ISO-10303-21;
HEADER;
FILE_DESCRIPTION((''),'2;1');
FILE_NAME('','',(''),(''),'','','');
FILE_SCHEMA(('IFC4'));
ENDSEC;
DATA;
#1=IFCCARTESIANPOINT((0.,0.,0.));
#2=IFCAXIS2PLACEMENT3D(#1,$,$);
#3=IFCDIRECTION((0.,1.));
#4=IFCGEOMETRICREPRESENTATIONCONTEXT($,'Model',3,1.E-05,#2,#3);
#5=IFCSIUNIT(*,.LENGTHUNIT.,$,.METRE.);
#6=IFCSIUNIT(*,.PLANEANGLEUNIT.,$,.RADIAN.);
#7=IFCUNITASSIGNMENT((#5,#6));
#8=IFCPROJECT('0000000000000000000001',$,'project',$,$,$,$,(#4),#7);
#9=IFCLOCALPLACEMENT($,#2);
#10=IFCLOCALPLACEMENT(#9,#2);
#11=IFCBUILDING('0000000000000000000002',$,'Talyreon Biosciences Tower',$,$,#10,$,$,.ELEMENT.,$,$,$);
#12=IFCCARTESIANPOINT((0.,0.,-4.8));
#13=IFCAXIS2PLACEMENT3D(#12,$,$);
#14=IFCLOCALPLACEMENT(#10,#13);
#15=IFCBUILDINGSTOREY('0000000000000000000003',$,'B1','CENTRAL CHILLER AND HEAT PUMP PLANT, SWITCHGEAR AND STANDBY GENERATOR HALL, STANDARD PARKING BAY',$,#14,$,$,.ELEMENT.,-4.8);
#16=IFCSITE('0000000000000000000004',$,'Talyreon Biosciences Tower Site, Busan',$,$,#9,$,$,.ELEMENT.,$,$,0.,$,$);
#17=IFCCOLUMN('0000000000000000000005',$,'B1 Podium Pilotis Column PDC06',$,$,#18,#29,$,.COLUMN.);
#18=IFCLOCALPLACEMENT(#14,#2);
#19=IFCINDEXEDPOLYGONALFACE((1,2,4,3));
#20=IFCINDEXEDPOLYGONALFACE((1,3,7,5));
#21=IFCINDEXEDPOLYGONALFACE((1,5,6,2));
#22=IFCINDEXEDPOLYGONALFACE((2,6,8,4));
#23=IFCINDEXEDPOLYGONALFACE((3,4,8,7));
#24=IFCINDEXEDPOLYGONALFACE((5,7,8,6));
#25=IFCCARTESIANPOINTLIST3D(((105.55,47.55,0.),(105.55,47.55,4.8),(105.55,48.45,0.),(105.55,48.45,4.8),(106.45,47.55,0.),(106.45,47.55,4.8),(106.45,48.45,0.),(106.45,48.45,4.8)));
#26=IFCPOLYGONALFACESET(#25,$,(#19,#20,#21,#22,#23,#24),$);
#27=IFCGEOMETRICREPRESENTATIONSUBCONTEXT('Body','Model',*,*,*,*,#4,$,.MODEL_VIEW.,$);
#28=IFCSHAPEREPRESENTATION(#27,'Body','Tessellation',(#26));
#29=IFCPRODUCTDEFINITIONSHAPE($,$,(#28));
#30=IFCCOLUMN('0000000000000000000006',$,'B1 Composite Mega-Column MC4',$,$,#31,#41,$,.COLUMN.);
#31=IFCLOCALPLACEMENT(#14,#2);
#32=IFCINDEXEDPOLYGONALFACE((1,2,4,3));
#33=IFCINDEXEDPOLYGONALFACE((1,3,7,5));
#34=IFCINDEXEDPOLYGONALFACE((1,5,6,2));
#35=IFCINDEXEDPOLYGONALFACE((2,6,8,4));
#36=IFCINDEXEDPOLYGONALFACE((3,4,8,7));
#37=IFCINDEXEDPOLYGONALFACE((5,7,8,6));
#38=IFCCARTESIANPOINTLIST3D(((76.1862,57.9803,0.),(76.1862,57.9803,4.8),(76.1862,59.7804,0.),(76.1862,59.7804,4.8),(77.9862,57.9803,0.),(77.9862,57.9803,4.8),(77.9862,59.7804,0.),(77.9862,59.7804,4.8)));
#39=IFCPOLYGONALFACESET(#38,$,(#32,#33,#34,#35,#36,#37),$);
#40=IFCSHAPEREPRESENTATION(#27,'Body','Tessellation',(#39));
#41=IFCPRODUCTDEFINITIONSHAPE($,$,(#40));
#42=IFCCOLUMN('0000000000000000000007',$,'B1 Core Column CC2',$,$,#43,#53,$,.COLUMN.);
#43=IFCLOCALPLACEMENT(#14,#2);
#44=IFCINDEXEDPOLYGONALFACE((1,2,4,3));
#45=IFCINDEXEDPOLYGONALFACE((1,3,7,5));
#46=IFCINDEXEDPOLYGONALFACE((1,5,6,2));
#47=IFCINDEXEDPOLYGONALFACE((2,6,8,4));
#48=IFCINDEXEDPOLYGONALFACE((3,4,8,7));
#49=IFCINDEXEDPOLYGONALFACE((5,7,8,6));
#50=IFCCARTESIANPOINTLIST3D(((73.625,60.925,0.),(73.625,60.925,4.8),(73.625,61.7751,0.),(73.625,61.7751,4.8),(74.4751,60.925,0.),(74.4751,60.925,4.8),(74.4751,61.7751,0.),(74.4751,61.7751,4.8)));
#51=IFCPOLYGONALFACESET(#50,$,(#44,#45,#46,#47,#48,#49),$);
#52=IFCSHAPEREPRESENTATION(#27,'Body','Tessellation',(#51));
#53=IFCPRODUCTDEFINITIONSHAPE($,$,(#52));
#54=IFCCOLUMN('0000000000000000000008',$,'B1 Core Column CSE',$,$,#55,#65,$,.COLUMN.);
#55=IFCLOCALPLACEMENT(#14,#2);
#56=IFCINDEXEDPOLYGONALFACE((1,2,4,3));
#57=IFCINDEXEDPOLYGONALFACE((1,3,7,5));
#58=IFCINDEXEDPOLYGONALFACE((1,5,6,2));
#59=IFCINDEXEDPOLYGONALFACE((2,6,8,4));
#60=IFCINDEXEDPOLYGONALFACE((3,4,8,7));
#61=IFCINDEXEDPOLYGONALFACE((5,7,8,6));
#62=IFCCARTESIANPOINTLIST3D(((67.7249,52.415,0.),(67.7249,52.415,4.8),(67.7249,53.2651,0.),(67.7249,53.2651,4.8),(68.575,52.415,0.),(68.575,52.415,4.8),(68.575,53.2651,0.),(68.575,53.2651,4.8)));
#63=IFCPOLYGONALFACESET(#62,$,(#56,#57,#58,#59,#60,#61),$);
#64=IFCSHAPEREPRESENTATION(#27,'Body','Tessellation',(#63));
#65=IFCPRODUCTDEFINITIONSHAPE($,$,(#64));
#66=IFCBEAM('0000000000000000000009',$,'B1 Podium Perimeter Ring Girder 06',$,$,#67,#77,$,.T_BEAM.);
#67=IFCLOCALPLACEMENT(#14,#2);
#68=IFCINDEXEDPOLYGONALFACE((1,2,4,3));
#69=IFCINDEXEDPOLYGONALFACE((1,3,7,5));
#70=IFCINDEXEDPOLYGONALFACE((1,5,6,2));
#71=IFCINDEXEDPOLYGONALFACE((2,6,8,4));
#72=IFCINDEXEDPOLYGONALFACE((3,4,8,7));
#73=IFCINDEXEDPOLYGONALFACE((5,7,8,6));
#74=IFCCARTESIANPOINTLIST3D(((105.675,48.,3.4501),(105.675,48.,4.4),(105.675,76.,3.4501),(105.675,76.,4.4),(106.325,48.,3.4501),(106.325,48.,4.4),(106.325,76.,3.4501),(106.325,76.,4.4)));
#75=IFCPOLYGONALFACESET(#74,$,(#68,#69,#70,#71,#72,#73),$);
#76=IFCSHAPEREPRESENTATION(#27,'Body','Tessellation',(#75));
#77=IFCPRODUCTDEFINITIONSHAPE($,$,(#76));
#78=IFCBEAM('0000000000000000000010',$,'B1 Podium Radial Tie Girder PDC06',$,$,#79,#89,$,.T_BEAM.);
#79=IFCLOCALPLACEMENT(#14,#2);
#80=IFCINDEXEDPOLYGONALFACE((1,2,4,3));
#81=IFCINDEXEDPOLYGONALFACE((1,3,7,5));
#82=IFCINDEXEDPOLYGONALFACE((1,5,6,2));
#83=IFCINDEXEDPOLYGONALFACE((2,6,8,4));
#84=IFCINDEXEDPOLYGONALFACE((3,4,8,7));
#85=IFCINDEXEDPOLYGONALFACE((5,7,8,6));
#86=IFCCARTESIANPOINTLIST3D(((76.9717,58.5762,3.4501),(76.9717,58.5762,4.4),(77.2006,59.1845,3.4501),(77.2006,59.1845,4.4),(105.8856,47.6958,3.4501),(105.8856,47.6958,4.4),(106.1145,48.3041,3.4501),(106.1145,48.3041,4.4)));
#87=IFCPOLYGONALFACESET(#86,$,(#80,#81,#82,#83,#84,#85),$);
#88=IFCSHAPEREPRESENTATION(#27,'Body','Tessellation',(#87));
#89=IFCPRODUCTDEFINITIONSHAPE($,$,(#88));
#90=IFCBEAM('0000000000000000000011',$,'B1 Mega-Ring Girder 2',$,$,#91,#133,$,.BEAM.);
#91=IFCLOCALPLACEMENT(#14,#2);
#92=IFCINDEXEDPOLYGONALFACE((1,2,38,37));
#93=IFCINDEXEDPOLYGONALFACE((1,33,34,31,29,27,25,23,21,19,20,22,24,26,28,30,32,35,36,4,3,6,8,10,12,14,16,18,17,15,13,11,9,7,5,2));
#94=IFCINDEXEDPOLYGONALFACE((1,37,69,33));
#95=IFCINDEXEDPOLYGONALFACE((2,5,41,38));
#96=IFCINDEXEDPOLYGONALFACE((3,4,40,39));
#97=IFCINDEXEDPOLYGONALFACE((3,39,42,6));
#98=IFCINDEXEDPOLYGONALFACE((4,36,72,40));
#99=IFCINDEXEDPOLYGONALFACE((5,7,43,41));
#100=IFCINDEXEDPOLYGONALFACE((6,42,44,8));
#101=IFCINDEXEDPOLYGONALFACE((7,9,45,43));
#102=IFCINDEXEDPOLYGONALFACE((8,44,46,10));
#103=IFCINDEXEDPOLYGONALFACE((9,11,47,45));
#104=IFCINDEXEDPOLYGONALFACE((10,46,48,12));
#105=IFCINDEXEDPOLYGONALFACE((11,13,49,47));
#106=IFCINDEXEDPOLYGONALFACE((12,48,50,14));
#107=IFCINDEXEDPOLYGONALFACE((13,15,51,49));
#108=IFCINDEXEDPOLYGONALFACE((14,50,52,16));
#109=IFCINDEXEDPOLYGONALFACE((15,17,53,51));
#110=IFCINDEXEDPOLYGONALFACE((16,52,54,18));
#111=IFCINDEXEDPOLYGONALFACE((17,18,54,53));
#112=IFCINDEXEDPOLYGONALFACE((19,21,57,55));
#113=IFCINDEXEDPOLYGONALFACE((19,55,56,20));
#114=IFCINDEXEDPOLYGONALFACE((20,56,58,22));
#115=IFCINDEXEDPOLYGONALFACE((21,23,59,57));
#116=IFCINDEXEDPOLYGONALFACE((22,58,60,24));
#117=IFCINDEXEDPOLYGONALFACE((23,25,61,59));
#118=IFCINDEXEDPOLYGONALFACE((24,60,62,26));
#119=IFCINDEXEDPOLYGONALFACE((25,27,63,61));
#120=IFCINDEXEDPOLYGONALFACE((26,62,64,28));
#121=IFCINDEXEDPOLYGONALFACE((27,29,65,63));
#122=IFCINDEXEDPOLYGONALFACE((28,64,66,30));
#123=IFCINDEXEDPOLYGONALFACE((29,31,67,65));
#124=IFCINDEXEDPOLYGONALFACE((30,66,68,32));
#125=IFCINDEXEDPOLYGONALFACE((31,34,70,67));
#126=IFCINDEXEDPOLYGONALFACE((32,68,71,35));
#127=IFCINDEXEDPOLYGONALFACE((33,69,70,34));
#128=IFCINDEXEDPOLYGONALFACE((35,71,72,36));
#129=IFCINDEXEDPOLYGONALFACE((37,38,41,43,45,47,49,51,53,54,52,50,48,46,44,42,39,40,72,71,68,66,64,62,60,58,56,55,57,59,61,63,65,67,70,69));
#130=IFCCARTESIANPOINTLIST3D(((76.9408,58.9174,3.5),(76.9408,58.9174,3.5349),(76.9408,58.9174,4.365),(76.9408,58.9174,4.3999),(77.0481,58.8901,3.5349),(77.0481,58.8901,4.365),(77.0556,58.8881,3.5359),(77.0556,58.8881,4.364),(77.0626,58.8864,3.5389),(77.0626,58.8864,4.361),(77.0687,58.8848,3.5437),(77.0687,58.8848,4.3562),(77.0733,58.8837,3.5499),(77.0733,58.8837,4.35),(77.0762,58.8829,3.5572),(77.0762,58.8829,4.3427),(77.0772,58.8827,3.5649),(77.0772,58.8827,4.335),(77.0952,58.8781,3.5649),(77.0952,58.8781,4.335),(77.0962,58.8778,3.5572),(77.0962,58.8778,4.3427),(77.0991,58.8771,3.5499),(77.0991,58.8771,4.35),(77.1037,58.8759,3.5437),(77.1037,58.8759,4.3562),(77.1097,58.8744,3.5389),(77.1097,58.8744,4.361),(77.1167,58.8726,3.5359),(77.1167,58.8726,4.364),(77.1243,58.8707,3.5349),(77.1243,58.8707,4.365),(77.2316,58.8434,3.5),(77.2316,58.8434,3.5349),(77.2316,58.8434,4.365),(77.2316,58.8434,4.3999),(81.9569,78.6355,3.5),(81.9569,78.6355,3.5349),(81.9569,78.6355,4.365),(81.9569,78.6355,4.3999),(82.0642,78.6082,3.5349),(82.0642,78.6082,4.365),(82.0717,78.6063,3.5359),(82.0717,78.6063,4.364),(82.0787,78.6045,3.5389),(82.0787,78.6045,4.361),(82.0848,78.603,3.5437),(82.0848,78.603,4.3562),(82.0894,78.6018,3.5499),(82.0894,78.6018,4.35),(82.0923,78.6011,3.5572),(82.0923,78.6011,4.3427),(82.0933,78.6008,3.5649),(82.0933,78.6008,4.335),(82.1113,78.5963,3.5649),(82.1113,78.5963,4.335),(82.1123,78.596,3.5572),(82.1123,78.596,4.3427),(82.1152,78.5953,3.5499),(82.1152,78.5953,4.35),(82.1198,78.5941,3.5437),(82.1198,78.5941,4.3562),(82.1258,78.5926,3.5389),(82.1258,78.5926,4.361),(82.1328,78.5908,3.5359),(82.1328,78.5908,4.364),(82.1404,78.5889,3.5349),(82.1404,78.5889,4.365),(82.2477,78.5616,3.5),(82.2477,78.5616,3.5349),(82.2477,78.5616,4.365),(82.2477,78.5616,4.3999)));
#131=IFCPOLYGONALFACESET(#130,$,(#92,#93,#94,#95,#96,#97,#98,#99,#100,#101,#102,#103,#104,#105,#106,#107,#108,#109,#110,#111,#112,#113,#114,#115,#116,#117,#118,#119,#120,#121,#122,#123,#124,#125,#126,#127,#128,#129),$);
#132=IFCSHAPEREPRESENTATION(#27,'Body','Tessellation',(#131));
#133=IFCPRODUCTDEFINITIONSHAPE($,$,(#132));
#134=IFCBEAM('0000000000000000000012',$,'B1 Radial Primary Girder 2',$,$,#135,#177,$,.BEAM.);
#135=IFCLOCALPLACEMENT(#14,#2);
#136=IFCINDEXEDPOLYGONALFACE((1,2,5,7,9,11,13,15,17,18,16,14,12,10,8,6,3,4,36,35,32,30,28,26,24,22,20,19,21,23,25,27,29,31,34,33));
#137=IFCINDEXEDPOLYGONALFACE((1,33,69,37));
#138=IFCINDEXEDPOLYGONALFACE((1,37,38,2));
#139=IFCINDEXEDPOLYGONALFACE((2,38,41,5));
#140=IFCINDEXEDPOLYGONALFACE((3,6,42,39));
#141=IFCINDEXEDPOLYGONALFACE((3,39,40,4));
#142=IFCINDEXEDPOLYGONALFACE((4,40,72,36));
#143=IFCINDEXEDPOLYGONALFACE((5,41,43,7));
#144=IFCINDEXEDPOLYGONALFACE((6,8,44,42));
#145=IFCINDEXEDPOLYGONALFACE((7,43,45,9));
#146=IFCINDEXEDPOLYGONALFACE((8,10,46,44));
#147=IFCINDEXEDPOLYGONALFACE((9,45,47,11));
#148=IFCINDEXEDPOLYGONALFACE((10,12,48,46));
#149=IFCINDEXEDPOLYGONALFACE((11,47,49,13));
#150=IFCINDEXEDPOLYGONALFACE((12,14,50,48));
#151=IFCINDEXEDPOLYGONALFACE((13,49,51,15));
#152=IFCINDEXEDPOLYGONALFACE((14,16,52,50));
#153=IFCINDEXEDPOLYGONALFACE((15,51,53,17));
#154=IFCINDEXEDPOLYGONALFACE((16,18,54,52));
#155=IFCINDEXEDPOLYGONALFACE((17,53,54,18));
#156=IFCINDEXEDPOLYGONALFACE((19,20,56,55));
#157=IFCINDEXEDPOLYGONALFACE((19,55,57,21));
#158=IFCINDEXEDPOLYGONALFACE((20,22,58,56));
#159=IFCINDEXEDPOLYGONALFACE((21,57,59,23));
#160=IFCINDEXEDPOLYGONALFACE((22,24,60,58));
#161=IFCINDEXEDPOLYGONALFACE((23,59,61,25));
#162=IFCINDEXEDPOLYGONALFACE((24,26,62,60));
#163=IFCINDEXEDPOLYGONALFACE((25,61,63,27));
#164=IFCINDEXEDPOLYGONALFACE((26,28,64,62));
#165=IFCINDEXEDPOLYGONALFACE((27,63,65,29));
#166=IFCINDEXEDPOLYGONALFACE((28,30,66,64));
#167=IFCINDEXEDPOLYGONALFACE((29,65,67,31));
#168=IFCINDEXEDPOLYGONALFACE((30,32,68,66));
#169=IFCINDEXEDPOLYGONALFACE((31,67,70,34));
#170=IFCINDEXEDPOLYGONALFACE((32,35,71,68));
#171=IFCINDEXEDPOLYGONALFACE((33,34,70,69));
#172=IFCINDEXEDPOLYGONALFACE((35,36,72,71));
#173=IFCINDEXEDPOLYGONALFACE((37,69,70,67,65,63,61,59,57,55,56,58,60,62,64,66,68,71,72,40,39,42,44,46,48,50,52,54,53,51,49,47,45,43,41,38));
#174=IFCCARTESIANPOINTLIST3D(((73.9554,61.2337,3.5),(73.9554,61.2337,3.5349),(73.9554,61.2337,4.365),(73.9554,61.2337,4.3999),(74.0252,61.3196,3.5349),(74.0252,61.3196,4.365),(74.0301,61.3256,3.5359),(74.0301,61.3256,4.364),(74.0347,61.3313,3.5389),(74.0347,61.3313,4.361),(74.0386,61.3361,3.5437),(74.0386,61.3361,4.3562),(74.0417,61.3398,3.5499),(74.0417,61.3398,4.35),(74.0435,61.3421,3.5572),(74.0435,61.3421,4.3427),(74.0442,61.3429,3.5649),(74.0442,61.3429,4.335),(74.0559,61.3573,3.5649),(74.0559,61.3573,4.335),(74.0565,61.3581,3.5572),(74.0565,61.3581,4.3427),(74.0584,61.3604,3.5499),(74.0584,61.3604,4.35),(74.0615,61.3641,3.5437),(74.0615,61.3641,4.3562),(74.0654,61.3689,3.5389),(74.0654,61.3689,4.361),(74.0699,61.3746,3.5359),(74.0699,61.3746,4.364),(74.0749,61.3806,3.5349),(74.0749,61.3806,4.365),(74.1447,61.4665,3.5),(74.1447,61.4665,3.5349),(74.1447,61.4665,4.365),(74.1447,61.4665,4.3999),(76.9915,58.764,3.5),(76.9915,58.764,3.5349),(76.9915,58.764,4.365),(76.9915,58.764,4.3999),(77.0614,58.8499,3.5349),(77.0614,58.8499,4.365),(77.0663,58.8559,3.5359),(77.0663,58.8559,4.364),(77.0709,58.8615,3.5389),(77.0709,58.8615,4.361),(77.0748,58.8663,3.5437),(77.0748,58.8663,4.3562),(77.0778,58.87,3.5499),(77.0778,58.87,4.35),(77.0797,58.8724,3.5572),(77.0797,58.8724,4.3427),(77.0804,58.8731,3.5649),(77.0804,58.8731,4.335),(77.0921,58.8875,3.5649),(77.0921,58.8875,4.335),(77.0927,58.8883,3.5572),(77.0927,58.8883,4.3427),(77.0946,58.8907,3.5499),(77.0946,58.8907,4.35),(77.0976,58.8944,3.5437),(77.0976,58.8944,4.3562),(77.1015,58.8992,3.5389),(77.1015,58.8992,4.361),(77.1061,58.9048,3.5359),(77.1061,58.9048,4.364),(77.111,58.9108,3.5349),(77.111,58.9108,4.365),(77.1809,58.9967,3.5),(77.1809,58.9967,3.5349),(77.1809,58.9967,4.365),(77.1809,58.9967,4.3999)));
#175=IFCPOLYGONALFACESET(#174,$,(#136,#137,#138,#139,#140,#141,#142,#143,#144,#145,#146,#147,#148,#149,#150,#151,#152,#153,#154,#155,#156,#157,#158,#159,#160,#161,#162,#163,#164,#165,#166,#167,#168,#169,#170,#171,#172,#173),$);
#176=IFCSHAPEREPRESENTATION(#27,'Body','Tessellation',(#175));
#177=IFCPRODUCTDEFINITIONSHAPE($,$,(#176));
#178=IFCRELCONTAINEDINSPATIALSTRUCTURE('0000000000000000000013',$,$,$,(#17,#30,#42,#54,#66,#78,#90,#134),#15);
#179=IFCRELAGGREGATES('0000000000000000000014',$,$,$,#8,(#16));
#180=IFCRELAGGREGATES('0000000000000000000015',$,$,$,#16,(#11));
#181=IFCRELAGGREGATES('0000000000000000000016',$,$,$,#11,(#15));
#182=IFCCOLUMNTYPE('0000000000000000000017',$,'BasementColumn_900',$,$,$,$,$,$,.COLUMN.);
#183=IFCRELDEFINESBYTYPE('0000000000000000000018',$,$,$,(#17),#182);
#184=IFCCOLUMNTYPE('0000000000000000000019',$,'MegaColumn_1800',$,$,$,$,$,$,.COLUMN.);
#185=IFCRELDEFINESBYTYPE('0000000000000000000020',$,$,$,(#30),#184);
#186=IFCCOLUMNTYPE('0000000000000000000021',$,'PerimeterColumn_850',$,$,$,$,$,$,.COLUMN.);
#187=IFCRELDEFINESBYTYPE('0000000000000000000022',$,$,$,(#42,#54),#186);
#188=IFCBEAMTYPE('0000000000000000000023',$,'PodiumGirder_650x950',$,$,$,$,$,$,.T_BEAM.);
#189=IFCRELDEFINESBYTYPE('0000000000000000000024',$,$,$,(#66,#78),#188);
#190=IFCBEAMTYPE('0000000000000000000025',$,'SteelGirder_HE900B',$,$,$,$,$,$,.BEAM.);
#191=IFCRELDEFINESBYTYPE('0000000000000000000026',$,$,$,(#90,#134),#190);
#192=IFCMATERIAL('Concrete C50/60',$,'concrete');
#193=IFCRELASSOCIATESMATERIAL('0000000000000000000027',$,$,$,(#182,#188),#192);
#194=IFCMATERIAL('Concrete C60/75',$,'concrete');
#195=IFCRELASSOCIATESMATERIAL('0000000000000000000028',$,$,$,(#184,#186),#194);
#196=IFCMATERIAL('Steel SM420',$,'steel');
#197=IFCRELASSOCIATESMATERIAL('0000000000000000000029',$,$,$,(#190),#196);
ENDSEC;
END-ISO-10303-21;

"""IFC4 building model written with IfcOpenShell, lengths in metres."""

from ifc_helpers import new_model, si_unit, direction, frame, origin, origin_2d, place, context, subcontext, project, spatial, rectangle, i_section, extrude, material, material_profile, profile_set, type_object, element, save


model = new_model("IFC4")

# Units and contexts
model_context = context("Model", 3, precision=1e-05, world=origin(), true_north=direction((0.0, 1.0)))
body_context = subcontext(model_context, "Body", "Model", "MODEL_VIEW")
ifc_project = project(units=[si_unit("LENGTHUNIT", "METRE"), si_unit("PLANEANGLEUNIT", "RADIAN")], contexts=[model_context])

# Site, building, storey
site_placement = place(None, origin())
site = spatial("IfcSite", under=ifc_project, at=site_placement, Name="Talyreon Biosciences Tower Site, Busan", CompositionType="ELEMENT", RefElevation=0.0)
building_placement = place(site_placement, origin())
building = spatial("IfcBuilding", under=site, at=building_placement, Name="Talyreon Biosciences Tower", CompositionType="ELEMENT")
storey_placement = place(building_placement, frame((0.0, 0.0, -4.8)))
storey = spatial("IfcBuildingStorey", under=building, at=storey_placement, Name="B1", Description="CENTRAL CHILLER AND HEAT PUMP PLANT, SWITCHGEAR AND STANDBY GENERATOR HALL, STANDARD PARKING BAY", CompositionType="ELEMENT", Elevation=-4.8)

# Columns
ifc_material_1 = material(Name="Concrete C50/60", Category="concrete")
ifc_material_profile_1 = material_profile(ifc_material_1, rectangle(XDim=0.8999, YDim=0.8999, at=origin_2d()), Name="RC 900x900")
ifc_profile_set_1 = profile_set([ifc_material_profile_1], Name="Concrete C50/60")
column_type_1 = type_object("IfcColumnType", Name="BasementColumn_900", PredefinedType="COLUMN", material=ifc_profile_set_1)
column_1_placement = place(storey_placement, frame((106.0, 48.0, 0.0), z_axis=(0.0, 0.0, 1.0), x_axis=(1.0, 0.0, 0.0)))
element("IfcColumn", 1, at=column_1_placement, inside=storey, type_object=column_type_1, Name="B1 Podium Pilotis Column PDC06", PredefinedType="COLUMN", context=body_context, shape_type="SweptSolid", body=[
    extrude(rectangle(XDim=0.8999, YDim=0.8999, at=origin_2d()), origin(), (0.0, 0.0, 1.0), 4.8),
])
ifc_material_2 = material(Name="Concrete C60/75", Category="concrete")
ifc_material_profile_2 = material_profile(ifc_material_2, rectangle(XDim=1.8, YDim=1.8, at=origin_2d()), Name="RC 1800x1800")
ifc_profile_set_2 = profile_set([ifc_material_profile_2], Name="Concrete C60/75")
column_type_2 = type_object("IfcColumnType", Name="MegaColumn_1800", PredefinedType="COLUMN", material=ifc_profile_set_2)
column_2_placement = place(storey_placement, frame((77.0862, 58.8804, 0.0), z_axis=(0.0, 0.0, 1.0), x_axis=(1.0, 0.0, 0.0)))
element("IfcColumn", 2, at=column_2_placement, inside=storey, type_object=column_type_2, Name="B1 Composite Mega-Column MC4", PredefinedType="COLUMN", context=body_context, shape_type="SweptSolid", body=[
    extrude(rectangle(XDim=1.8, YDim=1.8, at=origin_2d()), origin(), (0.0, 0.0, 1.0), 4.8),
])
ifc_material_profile_3 = material_profile(ifc_material_2, rectangle(XDim=0.8501, YDim=0.8501, at=origin_2d()), Name="RC 850x850")
ifc_profile_set_3 = profile_set([ifc_material_profile_3], Name="Concrete C60/75")
column_type_3 = type_object("IfcColumnType", Name="PerimeterColumn_850", PredefinedType="COLUMN", material=ifc_profile_set_3)
for number, where, z_axis, x_axis, name in (
    (3, (74.05, 61.3501, 0.0), (0.0, 0.0, 1.0), (1.0, 0.0, 0.0), "B1 Core Column CC2"),
    (4, (68.1499, 52.8401, 0.0), (0.0, 0.0, 1.0), (1.0, 0.0, 0.0), "B1 Core Column CSE"),
):
    element("IfcColumn", number, at=place(storey_placement, frame(where, z_axis=z_axis, x_axis=x_axis)), inside=storey, type_object=column_type_3, Name=name, PredefinedType="COLUMN", context=body_context, shape_type="SweptSolid", body=[
        extrude(rectangle(XDim=0.8501, YDim=0.8501, at=origin_2d()), origin(), (0.0, 0.0, 1.0), 4.8),
    ])

# Beams
ifc_material_profile_4 = material_profile(ifc_material_1, rectangle(XDim=0.6499, YDim=0.95, at=origin_2d()), Name="RCB 650x950")
ifc_profile_set_4 = profile_set([ifc_material_profile_4], Name="Concrete C50/60")
beam_type_1 = type_object("IfcBeamType", Name="PodiumGirder_650x950", PredefinedType="T_BEAM", material=ifc_profile_set_4)
beam_1_placement = place(storey_placement, frame((106.0, 48.0, 3.925), z_axis=(0.0, 1.0, 0.0), x_axis=(-1.0, 0.0, 0.0)))
element("IfcBeam", 5, at=beam_1_placement, inside=storey, type_object=beam_type_1, Name="B1 Podium Perimeter Ring Girder 06", PredefinedType="T_BEAM", context=body_context, shape_type="SweptSolid", body=[
    extrude(rectangle(XDim=0.6499, YDim=0.95, at=origin_2d()), origin(), (0.0, 0.0, 1.0), 28.0),
])
beam_2_placement = place(storey_placement, frame((77.0862, 58.8804, 3.925), z_axis=(0.935927, -0.352193, 0.0), x_axis=(0.352193, 0.935927, 0.0)))
element("IfcBeam", 6, at=beam_2_placement, inside=storey, type_object=beam_type_1, Name="B1 Podium Radial Tie Girder PDC06", PredefinedType="T_BEAM", context=body_context, shape_type="SweptSolid", body=[
    extrude(rectangle(XDim=0.6499, YDim=0.95, at=origin_2d()), origin(), (0.0, 0.0, 1.0), 30.8933),
])
ifc_material_3 = material(Name="Steel SM420", Category="steel")
ifc_material_profile_5 = material_profile(ifc_material_3, i_section(OverallWidth=0.3, OverallDepth=0.8999, WebThickness=0.0186, FlangeThickness=0.0349, FilletRadius=0.03, at=origin_2d()), Name="HE900B")
ifc_profile_set_5 = profile_set([ifc_material_profile_5], Name="Steel SM420")
beam_type_2 = type_object("IfcBeamType", Name="SteelGirder_HE900B", PredefinedType="BEAM", material=ifc_profile_set_5)
beam_3_placement = place(storey_placement, frame((77.0862, 58.8804, 3.95), z_axis=(0.246537, 0.969133, 0.0), x_axis=(-0.969133, 0.246537, 0.0)))
element("IfcBeam", 7, at=beam_3_placement, inside=storey, type_object=beam_type_2, Name="B1 Mega-Ring Girder 2", PredefinedType="BEAM", context=body_context, shape_type="SweptSolid", body=[
    extrude(i_section(OverallWidth=0.3, OverallDepth=0.8999, WebThickness=0.0186, FlangeThickness=0.0349, FilletRadius=0.03, at=origin_2d()), origin(), (0.0, 0.0, 1.0), 20.3462),
])
beam_4_placement = place(storey_placement, frame((74.05, 61.3501, 3.95), z_axis=(0.775755, -0.631034, 0.0), x_axis=(0.631034, 0.775755, 0.0)))
element("IfcBeam", 8, at=beam_4_placement, inside=storey, type_object=beam_type_2, Name="B1 Radial Primary Girder 2", PredefinedType="BEAM", context=body_context, shape_type="SweptSolid", body=[
    extrude(i_section(OverallWidth=0.3, OverallDepth=0.8999, WebThickness=0.0186, FlangeThickness=0.0349, FilletRadius=0.03, at=origin_2d()), origin(), (0.0, 0.0, 1.0), 3.9138),
])

save(model, "model.ifc")
